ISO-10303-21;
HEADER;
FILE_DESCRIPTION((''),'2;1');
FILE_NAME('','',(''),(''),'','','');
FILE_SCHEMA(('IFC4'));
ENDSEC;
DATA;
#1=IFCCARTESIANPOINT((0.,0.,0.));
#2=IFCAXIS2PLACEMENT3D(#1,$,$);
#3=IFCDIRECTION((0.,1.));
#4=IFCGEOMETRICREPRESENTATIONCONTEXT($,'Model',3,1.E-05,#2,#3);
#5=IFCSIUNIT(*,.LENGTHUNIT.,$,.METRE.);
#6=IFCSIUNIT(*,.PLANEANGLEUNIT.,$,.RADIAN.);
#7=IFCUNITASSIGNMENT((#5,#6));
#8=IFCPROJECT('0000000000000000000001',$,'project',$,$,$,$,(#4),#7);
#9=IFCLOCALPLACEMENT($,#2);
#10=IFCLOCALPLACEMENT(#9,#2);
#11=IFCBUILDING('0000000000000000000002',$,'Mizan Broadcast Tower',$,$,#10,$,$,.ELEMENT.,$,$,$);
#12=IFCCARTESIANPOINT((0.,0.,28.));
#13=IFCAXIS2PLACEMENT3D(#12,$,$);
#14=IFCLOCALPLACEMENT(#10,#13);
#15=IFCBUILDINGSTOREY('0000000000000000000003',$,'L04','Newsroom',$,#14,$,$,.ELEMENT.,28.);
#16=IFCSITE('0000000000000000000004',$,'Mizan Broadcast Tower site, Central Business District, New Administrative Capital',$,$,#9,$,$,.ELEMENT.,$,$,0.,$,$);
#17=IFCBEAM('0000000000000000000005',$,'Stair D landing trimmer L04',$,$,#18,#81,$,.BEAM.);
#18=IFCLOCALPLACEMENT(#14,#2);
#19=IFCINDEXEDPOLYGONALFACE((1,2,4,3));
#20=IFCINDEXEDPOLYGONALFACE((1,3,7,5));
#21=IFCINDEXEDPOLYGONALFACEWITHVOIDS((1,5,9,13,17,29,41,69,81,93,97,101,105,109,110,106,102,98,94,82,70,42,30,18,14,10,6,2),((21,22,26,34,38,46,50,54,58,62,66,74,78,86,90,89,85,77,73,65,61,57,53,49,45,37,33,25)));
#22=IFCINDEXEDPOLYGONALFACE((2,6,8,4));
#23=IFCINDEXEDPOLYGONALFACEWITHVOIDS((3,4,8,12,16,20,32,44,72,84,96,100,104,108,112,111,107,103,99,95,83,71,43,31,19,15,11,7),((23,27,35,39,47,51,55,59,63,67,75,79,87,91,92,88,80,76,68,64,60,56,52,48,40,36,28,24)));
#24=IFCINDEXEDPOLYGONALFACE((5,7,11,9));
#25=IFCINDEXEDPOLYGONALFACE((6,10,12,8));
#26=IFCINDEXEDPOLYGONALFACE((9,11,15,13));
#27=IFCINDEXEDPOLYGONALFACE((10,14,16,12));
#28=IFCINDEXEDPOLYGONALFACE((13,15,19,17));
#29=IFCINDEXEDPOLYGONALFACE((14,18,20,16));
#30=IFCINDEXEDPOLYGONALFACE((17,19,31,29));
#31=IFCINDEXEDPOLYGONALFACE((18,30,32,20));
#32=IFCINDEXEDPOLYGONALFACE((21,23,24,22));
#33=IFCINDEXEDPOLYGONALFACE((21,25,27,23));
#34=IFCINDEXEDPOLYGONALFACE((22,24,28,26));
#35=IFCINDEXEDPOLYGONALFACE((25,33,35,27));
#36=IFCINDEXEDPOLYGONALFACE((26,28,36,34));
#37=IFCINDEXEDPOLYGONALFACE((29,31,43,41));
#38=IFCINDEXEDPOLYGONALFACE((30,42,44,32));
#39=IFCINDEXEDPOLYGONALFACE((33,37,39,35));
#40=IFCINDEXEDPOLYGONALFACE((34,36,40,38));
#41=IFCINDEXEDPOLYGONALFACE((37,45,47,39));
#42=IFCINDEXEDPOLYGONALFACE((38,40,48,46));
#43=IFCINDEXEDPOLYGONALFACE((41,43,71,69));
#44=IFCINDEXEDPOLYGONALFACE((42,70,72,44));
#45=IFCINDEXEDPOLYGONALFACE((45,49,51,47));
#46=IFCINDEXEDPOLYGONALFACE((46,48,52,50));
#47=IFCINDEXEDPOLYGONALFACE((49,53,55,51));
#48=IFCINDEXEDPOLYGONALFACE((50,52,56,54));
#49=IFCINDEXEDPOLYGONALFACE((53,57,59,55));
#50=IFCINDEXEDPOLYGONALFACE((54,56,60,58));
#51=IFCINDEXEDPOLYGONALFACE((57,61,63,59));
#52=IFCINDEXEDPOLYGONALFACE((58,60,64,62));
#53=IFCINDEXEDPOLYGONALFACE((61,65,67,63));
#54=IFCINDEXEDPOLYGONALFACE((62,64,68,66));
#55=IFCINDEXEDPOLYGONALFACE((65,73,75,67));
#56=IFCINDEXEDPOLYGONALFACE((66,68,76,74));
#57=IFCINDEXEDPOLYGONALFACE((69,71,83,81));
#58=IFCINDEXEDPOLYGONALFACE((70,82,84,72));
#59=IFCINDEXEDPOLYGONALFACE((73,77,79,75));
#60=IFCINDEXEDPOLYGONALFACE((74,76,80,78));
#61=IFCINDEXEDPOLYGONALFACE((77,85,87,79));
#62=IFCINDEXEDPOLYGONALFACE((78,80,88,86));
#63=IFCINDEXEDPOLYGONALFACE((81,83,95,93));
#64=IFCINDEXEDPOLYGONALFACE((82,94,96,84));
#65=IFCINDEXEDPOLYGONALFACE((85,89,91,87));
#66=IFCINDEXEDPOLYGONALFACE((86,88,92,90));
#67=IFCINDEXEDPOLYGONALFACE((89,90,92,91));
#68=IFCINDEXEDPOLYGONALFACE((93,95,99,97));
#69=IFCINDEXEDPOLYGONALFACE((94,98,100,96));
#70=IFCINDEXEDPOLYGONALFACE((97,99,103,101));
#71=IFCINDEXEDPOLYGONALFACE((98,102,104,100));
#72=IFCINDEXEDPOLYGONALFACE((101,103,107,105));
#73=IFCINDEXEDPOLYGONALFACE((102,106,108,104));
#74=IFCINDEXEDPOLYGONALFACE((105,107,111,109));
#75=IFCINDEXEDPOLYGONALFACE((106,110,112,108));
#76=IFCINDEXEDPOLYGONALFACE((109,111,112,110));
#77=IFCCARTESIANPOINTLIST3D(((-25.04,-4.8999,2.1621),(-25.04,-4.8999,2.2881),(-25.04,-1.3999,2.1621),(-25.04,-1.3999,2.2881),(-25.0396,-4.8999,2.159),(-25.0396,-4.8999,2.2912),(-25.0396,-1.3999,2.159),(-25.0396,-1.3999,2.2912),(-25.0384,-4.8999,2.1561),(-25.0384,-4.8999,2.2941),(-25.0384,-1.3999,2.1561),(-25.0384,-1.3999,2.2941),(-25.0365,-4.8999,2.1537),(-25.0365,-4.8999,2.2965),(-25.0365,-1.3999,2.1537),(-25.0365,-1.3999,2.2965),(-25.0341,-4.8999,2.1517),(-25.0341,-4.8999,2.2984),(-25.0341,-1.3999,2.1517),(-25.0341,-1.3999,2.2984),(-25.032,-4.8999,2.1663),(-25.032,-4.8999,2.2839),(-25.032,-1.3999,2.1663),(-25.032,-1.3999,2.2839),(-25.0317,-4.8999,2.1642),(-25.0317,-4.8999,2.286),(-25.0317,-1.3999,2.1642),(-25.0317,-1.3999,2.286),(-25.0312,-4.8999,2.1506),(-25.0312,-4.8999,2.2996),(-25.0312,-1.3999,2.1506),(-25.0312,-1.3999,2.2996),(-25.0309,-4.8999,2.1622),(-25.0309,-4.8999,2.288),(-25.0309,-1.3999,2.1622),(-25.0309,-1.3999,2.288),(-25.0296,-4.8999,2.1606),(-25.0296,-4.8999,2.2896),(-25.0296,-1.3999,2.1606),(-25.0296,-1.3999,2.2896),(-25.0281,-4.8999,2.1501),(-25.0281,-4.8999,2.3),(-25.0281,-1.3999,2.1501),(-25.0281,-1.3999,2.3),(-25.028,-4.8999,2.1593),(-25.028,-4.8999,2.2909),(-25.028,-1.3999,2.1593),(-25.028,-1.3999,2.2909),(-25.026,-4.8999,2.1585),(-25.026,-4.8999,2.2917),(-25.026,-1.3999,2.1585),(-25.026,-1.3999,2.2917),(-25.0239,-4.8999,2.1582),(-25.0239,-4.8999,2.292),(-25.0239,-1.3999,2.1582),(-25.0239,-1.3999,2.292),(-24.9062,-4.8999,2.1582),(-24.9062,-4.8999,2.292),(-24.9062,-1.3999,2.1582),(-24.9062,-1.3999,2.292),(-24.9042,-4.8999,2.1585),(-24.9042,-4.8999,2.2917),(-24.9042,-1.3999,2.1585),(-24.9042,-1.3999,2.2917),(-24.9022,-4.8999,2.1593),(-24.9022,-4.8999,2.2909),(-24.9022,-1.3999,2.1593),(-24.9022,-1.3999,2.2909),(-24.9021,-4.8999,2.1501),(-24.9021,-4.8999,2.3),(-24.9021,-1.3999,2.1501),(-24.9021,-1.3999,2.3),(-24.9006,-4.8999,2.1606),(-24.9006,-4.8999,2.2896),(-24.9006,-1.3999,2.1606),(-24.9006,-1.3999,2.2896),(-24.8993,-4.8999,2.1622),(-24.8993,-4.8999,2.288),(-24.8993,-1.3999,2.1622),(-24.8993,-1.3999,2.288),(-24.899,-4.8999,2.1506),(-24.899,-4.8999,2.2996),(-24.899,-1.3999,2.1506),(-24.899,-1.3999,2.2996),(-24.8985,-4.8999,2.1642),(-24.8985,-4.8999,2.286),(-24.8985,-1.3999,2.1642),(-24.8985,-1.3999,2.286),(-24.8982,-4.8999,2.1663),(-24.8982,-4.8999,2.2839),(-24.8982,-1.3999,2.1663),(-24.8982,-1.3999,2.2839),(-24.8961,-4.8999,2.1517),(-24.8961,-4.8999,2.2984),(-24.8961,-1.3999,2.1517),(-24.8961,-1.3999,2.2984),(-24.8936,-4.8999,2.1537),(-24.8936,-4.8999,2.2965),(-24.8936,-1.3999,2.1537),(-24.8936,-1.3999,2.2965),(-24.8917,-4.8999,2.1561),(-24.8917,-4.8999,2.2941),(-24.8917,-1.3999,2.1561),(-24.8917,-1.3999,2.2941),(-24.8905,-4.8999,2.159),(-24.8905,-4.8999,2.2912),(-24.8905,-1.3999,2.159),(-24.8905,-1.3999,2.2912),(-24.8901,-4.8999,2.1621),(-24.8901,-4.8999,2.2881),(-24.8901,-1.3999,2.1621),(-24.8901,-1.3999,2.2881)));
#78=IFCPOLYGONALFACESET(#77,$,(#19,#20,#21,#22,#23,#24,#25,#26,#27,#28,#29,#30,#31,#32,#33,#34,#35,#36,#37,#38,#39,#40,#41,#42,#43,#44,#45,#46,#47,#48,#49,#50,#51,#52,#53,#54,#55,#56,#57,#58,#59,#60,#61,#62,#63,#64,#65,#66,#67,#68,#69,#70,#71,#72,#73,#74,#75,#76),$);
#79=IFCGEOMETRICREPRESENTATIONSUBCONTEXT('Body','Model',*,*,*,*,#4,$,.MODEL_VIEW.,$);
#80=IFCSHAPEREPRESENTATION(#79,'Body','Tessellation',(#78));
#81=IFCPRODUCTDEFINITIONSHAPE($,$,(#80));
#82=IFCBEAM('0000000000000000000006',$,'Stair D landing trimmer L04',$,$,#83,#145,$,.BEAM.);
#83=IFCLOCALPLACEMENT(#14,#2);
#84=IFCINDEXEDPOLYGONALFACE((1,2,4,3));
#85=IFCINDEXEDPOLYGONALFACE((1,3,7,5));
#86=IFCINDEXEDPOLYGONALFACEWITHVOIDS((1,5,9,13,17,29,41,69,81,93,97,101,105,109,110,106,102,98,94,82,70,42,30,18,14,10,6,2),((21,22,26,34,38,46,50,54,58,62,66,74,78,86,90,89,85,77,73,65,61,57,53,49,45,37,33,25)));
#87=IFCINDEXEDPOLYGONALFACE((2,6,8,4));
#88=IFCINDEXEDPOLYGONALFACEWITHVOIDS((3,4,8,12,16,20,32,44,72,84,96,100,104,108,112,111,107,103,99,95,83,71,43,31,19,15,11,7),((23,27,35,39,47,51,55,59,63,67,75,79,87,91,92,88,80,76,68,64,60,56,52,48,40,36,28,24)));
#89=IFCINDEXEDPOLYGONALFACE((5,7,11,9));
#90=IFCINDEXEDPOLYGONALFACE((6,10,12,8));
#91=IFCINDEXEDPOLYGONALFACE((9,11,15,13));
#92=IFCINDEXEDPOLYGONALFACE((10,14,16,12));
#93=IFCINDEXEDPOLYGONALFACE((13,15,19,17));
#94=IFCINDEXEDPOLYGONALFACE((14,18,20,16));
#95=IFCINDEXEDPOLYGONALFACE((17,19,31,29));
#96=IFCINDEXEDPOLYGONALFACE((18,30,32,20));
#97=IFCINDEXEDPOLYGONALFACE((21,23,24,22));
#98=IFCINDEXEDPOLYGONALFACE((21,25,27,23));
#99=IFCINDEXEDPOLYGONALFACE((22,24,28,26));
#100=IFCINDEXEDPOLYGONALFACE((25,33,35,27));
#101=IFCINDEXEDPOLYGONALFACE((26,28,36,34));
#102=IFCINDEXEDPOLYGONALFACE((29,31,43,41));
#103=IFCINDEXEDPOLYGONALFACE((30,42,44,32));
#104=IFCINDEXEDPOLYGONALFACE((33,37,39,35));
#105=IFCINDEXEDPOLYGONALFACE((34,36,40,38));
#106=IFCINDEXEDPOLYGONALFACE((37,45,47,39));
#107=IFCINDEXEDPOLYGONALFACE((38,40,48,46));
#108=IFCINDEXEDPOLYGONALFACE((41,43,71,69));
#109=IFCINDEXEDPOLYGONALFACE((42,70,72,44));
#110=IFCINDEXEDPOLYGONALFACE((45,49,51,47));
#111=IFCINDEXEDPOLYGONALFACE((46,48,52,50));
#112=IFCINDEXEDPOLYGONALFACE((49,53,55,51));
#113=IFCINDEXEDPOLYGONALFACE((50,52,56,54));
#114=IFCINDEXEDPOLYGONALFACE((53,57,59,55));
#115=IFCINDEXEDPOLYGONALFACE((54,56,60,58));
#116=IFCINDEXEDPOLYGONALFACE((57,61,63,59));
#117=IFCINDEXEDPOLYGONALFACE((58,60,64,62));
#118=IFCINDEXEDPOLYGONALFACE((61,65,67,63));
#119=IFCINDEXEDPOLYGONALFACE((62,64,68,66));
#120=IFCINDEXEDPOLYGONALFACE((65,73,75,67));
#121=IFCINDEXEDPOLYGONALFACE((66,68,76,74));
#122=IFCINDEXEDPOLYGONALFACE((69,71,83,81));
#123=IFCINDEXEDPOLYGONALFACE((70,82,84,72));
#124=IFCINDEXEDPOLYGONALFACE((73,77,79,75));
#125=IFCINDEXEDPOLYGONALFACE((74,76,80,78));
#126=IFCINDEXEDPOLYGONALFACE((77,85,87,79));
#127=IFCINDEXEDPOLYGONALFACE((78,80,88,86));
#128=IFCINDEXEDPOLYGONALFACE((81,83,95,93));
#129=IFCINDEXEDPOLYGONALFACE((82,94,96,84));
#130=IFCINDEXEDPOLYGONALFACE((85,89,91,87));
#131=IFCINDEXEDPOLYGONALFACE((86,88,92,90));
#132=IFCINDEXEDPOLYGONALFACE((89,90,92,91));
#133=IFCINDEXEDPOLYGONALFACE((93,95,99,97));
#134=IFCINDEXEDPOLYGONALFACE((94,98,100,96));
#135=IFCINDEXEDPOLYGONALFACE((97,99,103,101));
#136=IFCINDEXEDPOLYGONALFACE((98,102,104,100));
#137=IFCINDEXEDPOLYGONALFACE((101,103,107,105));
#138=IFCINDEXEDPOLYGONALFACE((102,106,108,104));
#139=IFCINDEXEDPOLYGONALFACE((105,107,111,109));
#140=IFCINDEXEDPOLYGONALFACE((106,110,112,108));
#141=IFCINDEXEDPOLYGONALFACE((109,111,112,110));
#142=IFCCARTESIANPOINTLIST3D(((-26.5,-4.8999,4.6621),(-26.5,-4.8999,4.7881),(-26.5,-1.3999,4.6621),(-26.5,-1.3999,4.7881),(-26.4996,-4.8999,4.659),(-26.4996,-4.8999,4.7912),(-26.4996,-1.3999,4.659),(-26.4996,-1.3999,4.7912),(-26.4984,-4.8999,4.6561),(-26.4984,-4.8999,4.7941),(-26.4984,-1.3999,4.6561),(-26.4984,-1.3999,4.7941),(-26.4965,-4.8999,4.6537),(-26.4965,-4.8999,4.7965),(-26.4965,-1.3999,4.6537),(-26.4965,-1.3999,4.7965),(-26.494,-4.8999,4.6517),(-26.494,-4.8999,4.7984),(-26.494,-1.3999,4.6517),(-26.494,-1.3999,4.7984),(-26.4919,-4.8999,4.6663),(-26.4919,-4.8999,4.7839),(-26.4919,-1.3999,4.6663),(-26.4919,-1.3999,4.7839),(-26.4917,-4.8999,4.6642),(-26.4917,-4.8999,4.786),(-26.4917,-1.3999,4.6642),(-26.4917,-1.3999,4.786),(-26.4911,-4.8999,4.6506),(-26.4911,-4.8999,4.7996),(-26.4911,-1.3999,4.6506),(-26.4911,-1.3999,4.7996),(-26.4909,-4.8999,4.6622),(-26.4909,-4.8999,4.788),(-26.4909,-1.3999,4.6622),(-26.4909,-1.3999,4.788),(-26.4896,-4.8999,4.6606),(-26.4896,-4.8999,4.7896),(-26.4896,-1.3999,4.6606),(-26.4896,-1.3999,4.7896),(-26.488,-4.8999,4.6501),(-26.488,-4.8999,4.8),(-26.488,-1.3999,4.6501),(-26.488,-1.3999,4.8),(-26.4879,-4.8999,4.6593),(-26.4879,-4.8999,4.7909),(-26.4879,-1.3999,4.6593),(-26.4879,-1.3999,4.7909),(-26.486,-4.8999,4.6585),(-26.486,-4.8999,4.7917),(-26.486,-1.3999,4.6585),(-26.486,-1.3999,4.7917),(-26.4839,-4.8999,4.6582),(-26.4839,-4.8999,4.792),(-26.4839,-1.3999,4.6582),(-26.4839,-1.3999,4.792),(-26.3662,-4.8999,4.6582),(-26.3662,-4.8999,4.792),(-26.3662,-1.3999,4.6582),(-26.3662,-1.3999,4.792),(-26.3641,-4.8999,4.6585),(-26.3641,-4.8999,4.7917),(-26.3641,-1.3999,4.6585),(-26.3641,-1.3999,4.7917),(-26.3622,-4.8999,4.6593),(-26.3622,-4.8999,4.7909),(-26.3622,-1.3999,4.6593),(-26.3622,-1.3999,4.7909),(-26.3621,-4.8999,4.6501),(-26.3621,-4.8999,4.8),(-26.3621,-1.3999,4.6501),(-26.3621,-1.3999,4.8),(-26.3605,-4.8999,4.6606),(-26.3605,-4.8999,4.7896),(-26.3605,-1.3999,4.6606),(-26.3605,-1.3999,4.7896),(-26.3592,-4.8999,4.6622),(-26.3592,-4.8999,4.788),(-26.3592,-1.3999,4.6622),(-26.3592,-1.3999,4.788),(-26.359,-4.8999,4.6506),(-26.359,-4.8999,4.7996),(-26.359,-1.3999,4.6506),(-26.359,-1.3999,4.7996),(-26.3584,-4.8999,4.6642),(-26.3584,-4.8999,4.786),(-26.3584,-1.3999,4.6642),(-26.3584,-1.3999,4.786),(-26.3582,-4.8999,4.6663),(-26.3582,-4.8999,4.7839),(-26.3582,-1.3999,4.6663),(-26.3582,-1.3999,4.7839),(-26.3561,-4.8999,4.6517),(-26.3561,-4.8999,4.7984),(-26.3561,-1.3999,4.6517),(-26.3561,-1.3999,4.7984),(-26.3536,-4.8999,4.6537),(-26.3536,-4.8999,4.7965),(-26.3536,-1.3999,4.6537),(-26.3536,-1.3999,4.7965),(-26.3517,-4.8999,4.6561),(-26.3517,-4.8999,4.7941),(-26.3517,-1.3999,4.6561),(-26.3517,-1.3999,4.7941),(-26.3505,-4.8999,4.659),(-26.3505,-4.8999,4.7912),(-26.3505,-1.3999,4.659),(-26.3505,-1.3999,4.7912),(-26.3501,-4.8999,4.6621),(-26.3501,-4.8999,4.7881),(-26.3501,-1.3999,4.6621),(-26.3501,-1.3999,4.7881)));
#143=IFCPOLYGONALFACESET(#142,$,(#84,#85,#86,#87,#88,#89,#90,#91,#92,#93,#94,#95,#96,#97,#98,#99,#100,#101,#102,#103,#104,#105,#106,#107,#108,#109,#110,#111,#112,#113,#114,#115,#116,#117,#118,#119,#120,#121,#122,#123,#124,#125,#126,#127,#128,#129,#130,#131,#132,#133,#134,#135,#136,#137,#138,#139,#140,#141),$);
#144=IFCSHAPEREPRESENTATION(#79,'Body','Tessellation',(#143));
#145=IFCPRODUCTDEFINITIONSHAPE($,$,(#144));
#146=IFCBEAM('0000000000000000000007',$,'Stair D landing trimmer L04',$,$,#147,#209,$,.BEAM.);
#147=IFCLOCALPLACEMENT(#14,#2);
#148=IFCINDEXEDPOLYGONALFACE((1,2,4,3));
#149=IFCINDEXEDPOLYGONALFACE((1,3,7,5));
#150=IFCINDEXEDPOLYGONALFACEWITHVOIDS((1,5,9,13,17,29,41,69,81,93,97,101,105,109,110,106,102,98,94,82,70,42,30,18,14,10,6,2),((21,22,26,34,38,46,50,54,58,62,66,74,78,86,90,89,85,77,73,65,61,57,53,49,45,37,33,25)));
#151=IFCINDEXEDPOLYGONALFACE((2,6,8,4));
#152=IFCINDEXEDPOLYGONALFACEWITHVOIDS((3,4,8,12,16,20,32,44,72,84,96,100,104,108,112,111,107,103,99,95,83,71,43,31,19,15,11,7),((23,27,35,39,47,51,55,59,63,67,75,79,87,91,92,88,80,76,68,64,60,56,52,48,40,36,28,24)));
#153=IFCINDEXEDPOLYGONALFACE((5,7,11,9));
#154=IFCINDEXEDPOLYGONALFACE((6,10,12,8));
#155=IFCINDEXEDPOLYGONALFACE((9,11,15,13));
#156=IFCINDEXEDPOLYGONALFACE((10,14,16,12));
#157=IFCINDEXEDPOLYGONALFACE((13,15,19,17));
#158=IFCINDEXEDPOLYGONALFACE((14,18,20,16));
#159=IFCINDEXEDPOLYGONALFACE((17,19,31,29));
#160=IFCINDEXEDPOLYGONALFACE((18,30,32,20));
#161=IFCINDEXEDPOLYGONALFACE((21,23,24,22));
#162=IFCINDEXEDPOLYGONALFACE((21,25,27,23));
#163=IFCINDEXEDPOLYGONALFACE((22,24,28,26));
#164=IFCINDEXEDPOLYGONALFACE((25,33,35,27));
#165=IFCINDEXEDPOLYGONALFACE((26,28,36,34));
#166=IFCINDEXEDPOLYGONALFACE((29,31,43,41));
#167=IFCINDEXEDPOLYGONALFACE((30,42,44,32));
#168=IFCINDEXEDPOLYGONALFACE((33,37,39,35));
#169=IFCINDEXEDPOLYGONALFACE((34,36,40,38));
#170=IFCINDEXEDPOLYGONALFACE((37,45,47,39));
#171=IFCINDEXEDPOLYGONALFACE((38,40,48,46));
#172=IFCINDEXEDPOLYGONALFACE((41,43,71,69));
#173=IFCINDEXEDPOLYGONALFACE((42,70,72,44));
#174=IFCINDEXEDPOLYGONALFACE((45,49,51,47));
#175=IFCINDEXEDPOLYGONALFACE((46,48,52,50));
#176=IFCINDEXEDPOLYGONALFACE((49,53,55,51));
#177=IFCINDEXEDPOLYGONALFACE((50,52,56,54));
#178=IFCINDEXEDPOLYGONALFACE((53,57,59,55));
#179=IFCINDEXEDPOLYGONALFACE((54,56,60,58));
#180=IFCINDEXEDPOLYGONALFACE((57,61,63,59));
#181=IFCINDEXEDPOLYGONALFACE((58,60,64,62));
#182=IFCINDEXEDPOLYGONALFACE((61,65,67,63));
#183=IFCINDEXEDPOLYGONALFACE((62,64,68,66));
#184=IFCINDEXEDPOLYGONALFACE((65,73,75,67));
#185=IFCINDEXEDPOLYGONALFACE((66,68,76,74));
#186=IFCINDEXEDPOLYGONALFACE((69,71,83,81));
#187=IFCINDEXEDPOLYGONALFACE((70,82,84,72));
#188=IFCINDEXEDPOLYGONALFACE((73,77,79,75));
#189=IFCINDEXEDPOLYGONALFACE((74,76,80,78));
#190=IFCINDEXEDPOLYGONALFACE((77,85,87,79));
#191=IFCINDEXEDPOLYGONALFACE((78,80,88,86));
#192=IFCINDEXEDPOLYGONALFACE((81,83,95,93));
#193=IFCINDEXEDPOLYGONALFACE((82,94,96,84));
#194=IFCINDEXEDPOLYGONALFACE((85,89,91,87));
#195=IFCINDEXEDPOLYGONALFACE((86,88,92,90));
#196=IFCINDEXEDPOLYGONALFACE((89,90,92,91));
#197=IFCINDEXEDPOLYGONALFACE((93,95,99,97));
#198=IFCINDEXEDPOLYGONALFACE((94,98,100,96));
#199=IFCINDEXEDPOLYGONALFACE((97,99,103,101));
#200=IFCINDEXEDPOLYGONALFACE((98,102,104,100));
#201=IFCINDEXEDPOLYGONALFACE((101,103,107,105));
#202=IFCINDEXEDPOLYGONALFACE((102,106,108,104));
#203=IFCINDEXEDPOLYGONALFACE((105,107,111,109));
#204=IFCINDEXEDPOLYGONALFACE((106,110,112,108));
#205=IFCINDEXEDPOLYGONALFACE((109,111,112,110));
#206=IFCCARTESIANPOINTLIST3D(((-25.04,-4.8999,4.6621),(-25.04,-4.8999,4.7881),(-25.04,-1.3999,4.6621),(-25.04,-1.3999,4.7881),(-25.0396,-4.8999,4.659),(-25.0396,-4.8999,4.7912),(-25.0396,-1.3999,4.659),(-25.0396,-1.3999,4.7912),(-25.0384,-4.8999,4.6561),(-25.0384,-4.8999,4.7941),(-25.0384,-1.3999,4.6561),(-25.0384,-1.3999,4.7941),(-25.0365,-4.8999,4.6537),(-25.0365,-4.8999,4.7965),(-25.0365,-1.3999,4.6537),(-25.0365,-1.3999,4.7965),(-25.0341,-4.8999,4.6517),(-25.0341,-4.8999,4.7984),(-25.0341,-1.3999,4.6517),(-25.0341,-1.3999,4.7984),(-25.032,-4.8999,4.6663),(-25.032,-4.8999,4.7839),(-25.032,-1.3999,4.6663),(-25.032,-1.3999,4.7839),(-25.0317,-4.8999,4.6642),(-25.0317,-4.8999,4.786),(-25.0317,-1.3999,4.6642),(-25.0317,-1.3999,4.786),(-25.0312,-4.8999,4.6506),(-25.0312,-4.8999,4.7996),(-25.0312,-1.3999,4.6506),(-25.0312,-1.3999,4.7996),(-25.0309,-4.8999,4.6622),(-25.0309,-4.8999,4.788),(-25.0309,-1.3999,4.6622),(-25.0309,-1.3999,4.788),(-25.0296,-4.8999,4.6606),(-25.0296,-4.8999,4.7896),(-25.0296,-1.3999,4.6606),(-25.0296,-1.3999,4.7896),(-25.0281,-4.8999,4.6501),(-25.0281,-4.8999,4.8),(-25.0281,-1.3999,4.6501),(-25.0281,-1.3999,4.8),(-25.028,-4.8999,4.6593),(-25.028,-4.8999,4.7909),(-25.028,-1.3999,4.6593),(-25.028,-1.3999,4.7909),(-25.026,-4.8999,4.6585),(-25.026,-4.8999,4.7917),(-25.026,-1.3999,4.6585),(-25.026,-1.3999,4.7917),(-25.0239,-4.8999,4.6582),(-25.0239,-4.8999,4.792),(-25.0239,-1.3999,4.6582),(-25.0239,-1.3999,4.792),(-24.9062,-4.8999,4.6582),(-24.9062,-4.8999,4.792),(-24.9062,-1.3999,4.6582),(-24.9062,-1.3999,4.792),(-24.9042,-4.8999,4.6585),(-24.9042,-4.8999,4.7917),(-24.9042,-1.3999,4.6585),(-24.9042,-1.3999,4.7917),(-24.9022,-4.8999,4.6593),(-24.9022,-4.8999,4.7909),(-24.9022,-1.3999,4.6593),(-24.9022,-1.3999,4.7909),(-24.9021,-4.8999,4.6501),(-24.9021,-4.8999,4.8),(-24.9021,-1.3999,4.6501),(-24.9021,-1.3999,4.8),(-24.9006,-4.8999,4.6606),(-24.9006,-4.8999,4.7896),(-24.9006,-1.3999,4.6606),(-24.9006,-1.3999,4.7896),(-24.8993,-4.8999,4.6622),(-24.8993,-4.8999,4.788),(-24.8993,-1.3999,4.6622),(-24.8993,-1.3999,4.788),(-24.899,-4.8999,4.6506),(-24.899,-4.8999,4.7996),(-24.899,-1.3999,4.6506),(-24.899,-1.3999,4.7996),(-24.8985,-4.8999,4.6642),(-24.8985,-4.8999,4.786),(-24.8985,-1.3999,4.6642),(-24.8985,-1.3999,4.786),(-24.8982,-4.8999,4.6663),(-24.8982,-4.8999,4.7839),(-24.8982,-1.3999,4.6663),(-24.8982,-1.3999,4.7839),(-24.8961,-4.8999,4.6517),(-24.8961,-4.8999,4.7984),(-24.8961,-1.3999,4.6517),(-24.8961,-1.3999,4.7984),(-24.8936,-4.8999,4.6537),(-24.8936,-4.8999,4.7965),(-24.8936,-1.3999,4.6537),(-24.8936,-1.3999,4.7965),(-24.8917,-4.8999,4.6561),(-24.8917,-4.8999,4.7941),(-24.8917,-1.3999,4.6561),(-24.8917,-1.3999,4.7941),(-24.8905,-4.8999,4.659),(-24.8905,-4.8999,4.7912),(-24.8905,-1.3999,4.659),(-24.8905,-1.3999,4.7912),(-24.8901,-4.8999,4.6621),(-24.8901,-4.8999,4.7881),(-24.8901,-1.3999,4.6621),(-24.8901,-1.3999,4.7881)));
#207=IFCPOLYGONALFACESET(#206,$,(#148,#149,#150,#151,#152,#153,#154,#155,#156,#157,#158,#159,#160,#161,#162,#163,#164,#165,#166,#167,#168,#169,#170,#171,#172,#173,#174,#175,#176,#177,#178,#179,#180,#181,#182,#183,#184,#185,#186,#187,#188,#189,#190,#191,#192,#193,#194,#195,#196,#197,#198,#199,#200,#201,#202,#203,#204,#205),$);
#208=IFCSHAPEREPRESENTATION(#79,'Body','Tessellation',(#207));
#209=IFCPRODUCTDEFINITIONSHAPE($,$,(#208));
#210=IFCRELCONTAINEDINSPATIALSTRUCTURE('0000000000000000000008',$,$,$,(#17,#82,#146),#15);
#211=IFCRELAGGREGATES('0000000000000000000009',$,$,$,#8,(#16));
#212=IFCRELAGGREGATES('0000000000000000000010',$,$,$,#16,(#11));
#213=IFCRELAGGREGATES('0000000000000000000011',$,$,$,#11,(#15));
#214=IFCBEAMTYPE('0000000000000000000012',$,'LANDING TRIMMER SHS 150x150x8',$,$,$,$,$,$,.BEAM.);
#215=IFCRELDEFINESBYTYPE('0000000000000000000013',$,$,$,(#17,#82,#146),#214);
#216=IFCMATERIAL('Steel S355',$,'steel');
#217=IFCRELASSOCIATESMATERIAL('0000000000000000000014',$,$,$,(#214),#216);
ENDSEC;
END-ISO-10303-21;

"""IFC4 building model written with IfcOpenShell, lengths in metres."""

from ifc_helpers import new_model, si_unit, direction, frame, origin, origin_2d, place, context, subcontext, project, spatial, hollow_rectangle, extrude, material, material_profile, profile_set, type_object, element, save


model = new_model("IFC4")

# Units and contexts
model_context = context("Model", 3, precision=1e-05, world=origin(), true_north=direction((0.0, 1.0)))
body_context = subcontext(model_context, "Body", "Model", "MODEL_VIEW")
ifc_project = project(units=[si_unit("LENGTHUNIT", "METRE"), si_unit("PLANEANGLEUNIT", "RADIAN")], contexts=[model_context])

# Site, building, storey
site_placement = place(None, origin())
site = spatial("IfcSite", under=ifc_project, at=site_placement, Name="Mizan Broadcast Tower site, Central Business District, New Administrative Capital", CompositionType="ELEMENT", RefElevation=0.0)
building_placement = place(site_placement, origin())
building = spatial("IfcBuilding", under=site, at=building_placement, Name="Mizan Broadcast Tower", CompositionType="ELEMENT")
storey_placement = place(building_placement, frame((0.0, 0.0, 28.0)))
storey = spatial("IfcBuildingStorey", under=building, at=storey_placement, Name="L04", Description="Newsroom", CompositionType="ELEMENT", Elevation=28.0)

# Beams
ifc_material_1 = material(Name="Steel S355", Category="steel")
ifc_material_profile_1 = material_profile(ifc_material_1, hollow_rectangle(XDim=0.1499, YDim=0.1499, WallThickness=0.0081, InnerFilletRadius=0.0081, OuterFilletRadius=0.012, at=origin_2d()), Name="SHS 150x150x8")
ifc_profile_set_1 = profile_set([ifc_material_profile_1], Name="Steel S355")
beam_type_1 = type_object("IfcBeamType", Name="LANDING TRIMMER SHS 150x150x8", PredefinedType="BEAM", material=ifc_profile_set_1)
for number, where, z_axis, x_axis, name in (
    (1, (-24.9651, -1.3999, 2.2251), (0.0, -1.0, 0.0), (1.0, 0.0, 0.0), "Stair D landing trimmer L04"),
    (2, (-26.425, -1.3999, 4.7251), (0.0, -1.0, 0.0), (1.0, 0.0, 0.0), "Stair D landing trimmer L04"),
    (3, (-24.9651, -1.3999, 4.7251), (0.0, -1.0, 0.0), (1.0, 0.0, 0.0), "Stair D landing trimmer L04"),
):
    element("IfcBeam", number, at=place(storey_placement, frame(where, z_axis=z_axis, x_axis=x_axis)), inside=storey, type_object=beam_type_1, Name=name, PredefinedType="BEAM", context=body_context, shape_type="SweptSolid", body=[
        extrude(hollow_rectangle(XDim=0.1499, YDim=0.1499, WallThickness=0.0081, InnerFilletRadius=0.0081, OuterFilletRadius=0.012, at=origin_2d()), origin(), (0.0, 0.0, 1.0), 3.5),
    ])

save(model, "model.ifc")
